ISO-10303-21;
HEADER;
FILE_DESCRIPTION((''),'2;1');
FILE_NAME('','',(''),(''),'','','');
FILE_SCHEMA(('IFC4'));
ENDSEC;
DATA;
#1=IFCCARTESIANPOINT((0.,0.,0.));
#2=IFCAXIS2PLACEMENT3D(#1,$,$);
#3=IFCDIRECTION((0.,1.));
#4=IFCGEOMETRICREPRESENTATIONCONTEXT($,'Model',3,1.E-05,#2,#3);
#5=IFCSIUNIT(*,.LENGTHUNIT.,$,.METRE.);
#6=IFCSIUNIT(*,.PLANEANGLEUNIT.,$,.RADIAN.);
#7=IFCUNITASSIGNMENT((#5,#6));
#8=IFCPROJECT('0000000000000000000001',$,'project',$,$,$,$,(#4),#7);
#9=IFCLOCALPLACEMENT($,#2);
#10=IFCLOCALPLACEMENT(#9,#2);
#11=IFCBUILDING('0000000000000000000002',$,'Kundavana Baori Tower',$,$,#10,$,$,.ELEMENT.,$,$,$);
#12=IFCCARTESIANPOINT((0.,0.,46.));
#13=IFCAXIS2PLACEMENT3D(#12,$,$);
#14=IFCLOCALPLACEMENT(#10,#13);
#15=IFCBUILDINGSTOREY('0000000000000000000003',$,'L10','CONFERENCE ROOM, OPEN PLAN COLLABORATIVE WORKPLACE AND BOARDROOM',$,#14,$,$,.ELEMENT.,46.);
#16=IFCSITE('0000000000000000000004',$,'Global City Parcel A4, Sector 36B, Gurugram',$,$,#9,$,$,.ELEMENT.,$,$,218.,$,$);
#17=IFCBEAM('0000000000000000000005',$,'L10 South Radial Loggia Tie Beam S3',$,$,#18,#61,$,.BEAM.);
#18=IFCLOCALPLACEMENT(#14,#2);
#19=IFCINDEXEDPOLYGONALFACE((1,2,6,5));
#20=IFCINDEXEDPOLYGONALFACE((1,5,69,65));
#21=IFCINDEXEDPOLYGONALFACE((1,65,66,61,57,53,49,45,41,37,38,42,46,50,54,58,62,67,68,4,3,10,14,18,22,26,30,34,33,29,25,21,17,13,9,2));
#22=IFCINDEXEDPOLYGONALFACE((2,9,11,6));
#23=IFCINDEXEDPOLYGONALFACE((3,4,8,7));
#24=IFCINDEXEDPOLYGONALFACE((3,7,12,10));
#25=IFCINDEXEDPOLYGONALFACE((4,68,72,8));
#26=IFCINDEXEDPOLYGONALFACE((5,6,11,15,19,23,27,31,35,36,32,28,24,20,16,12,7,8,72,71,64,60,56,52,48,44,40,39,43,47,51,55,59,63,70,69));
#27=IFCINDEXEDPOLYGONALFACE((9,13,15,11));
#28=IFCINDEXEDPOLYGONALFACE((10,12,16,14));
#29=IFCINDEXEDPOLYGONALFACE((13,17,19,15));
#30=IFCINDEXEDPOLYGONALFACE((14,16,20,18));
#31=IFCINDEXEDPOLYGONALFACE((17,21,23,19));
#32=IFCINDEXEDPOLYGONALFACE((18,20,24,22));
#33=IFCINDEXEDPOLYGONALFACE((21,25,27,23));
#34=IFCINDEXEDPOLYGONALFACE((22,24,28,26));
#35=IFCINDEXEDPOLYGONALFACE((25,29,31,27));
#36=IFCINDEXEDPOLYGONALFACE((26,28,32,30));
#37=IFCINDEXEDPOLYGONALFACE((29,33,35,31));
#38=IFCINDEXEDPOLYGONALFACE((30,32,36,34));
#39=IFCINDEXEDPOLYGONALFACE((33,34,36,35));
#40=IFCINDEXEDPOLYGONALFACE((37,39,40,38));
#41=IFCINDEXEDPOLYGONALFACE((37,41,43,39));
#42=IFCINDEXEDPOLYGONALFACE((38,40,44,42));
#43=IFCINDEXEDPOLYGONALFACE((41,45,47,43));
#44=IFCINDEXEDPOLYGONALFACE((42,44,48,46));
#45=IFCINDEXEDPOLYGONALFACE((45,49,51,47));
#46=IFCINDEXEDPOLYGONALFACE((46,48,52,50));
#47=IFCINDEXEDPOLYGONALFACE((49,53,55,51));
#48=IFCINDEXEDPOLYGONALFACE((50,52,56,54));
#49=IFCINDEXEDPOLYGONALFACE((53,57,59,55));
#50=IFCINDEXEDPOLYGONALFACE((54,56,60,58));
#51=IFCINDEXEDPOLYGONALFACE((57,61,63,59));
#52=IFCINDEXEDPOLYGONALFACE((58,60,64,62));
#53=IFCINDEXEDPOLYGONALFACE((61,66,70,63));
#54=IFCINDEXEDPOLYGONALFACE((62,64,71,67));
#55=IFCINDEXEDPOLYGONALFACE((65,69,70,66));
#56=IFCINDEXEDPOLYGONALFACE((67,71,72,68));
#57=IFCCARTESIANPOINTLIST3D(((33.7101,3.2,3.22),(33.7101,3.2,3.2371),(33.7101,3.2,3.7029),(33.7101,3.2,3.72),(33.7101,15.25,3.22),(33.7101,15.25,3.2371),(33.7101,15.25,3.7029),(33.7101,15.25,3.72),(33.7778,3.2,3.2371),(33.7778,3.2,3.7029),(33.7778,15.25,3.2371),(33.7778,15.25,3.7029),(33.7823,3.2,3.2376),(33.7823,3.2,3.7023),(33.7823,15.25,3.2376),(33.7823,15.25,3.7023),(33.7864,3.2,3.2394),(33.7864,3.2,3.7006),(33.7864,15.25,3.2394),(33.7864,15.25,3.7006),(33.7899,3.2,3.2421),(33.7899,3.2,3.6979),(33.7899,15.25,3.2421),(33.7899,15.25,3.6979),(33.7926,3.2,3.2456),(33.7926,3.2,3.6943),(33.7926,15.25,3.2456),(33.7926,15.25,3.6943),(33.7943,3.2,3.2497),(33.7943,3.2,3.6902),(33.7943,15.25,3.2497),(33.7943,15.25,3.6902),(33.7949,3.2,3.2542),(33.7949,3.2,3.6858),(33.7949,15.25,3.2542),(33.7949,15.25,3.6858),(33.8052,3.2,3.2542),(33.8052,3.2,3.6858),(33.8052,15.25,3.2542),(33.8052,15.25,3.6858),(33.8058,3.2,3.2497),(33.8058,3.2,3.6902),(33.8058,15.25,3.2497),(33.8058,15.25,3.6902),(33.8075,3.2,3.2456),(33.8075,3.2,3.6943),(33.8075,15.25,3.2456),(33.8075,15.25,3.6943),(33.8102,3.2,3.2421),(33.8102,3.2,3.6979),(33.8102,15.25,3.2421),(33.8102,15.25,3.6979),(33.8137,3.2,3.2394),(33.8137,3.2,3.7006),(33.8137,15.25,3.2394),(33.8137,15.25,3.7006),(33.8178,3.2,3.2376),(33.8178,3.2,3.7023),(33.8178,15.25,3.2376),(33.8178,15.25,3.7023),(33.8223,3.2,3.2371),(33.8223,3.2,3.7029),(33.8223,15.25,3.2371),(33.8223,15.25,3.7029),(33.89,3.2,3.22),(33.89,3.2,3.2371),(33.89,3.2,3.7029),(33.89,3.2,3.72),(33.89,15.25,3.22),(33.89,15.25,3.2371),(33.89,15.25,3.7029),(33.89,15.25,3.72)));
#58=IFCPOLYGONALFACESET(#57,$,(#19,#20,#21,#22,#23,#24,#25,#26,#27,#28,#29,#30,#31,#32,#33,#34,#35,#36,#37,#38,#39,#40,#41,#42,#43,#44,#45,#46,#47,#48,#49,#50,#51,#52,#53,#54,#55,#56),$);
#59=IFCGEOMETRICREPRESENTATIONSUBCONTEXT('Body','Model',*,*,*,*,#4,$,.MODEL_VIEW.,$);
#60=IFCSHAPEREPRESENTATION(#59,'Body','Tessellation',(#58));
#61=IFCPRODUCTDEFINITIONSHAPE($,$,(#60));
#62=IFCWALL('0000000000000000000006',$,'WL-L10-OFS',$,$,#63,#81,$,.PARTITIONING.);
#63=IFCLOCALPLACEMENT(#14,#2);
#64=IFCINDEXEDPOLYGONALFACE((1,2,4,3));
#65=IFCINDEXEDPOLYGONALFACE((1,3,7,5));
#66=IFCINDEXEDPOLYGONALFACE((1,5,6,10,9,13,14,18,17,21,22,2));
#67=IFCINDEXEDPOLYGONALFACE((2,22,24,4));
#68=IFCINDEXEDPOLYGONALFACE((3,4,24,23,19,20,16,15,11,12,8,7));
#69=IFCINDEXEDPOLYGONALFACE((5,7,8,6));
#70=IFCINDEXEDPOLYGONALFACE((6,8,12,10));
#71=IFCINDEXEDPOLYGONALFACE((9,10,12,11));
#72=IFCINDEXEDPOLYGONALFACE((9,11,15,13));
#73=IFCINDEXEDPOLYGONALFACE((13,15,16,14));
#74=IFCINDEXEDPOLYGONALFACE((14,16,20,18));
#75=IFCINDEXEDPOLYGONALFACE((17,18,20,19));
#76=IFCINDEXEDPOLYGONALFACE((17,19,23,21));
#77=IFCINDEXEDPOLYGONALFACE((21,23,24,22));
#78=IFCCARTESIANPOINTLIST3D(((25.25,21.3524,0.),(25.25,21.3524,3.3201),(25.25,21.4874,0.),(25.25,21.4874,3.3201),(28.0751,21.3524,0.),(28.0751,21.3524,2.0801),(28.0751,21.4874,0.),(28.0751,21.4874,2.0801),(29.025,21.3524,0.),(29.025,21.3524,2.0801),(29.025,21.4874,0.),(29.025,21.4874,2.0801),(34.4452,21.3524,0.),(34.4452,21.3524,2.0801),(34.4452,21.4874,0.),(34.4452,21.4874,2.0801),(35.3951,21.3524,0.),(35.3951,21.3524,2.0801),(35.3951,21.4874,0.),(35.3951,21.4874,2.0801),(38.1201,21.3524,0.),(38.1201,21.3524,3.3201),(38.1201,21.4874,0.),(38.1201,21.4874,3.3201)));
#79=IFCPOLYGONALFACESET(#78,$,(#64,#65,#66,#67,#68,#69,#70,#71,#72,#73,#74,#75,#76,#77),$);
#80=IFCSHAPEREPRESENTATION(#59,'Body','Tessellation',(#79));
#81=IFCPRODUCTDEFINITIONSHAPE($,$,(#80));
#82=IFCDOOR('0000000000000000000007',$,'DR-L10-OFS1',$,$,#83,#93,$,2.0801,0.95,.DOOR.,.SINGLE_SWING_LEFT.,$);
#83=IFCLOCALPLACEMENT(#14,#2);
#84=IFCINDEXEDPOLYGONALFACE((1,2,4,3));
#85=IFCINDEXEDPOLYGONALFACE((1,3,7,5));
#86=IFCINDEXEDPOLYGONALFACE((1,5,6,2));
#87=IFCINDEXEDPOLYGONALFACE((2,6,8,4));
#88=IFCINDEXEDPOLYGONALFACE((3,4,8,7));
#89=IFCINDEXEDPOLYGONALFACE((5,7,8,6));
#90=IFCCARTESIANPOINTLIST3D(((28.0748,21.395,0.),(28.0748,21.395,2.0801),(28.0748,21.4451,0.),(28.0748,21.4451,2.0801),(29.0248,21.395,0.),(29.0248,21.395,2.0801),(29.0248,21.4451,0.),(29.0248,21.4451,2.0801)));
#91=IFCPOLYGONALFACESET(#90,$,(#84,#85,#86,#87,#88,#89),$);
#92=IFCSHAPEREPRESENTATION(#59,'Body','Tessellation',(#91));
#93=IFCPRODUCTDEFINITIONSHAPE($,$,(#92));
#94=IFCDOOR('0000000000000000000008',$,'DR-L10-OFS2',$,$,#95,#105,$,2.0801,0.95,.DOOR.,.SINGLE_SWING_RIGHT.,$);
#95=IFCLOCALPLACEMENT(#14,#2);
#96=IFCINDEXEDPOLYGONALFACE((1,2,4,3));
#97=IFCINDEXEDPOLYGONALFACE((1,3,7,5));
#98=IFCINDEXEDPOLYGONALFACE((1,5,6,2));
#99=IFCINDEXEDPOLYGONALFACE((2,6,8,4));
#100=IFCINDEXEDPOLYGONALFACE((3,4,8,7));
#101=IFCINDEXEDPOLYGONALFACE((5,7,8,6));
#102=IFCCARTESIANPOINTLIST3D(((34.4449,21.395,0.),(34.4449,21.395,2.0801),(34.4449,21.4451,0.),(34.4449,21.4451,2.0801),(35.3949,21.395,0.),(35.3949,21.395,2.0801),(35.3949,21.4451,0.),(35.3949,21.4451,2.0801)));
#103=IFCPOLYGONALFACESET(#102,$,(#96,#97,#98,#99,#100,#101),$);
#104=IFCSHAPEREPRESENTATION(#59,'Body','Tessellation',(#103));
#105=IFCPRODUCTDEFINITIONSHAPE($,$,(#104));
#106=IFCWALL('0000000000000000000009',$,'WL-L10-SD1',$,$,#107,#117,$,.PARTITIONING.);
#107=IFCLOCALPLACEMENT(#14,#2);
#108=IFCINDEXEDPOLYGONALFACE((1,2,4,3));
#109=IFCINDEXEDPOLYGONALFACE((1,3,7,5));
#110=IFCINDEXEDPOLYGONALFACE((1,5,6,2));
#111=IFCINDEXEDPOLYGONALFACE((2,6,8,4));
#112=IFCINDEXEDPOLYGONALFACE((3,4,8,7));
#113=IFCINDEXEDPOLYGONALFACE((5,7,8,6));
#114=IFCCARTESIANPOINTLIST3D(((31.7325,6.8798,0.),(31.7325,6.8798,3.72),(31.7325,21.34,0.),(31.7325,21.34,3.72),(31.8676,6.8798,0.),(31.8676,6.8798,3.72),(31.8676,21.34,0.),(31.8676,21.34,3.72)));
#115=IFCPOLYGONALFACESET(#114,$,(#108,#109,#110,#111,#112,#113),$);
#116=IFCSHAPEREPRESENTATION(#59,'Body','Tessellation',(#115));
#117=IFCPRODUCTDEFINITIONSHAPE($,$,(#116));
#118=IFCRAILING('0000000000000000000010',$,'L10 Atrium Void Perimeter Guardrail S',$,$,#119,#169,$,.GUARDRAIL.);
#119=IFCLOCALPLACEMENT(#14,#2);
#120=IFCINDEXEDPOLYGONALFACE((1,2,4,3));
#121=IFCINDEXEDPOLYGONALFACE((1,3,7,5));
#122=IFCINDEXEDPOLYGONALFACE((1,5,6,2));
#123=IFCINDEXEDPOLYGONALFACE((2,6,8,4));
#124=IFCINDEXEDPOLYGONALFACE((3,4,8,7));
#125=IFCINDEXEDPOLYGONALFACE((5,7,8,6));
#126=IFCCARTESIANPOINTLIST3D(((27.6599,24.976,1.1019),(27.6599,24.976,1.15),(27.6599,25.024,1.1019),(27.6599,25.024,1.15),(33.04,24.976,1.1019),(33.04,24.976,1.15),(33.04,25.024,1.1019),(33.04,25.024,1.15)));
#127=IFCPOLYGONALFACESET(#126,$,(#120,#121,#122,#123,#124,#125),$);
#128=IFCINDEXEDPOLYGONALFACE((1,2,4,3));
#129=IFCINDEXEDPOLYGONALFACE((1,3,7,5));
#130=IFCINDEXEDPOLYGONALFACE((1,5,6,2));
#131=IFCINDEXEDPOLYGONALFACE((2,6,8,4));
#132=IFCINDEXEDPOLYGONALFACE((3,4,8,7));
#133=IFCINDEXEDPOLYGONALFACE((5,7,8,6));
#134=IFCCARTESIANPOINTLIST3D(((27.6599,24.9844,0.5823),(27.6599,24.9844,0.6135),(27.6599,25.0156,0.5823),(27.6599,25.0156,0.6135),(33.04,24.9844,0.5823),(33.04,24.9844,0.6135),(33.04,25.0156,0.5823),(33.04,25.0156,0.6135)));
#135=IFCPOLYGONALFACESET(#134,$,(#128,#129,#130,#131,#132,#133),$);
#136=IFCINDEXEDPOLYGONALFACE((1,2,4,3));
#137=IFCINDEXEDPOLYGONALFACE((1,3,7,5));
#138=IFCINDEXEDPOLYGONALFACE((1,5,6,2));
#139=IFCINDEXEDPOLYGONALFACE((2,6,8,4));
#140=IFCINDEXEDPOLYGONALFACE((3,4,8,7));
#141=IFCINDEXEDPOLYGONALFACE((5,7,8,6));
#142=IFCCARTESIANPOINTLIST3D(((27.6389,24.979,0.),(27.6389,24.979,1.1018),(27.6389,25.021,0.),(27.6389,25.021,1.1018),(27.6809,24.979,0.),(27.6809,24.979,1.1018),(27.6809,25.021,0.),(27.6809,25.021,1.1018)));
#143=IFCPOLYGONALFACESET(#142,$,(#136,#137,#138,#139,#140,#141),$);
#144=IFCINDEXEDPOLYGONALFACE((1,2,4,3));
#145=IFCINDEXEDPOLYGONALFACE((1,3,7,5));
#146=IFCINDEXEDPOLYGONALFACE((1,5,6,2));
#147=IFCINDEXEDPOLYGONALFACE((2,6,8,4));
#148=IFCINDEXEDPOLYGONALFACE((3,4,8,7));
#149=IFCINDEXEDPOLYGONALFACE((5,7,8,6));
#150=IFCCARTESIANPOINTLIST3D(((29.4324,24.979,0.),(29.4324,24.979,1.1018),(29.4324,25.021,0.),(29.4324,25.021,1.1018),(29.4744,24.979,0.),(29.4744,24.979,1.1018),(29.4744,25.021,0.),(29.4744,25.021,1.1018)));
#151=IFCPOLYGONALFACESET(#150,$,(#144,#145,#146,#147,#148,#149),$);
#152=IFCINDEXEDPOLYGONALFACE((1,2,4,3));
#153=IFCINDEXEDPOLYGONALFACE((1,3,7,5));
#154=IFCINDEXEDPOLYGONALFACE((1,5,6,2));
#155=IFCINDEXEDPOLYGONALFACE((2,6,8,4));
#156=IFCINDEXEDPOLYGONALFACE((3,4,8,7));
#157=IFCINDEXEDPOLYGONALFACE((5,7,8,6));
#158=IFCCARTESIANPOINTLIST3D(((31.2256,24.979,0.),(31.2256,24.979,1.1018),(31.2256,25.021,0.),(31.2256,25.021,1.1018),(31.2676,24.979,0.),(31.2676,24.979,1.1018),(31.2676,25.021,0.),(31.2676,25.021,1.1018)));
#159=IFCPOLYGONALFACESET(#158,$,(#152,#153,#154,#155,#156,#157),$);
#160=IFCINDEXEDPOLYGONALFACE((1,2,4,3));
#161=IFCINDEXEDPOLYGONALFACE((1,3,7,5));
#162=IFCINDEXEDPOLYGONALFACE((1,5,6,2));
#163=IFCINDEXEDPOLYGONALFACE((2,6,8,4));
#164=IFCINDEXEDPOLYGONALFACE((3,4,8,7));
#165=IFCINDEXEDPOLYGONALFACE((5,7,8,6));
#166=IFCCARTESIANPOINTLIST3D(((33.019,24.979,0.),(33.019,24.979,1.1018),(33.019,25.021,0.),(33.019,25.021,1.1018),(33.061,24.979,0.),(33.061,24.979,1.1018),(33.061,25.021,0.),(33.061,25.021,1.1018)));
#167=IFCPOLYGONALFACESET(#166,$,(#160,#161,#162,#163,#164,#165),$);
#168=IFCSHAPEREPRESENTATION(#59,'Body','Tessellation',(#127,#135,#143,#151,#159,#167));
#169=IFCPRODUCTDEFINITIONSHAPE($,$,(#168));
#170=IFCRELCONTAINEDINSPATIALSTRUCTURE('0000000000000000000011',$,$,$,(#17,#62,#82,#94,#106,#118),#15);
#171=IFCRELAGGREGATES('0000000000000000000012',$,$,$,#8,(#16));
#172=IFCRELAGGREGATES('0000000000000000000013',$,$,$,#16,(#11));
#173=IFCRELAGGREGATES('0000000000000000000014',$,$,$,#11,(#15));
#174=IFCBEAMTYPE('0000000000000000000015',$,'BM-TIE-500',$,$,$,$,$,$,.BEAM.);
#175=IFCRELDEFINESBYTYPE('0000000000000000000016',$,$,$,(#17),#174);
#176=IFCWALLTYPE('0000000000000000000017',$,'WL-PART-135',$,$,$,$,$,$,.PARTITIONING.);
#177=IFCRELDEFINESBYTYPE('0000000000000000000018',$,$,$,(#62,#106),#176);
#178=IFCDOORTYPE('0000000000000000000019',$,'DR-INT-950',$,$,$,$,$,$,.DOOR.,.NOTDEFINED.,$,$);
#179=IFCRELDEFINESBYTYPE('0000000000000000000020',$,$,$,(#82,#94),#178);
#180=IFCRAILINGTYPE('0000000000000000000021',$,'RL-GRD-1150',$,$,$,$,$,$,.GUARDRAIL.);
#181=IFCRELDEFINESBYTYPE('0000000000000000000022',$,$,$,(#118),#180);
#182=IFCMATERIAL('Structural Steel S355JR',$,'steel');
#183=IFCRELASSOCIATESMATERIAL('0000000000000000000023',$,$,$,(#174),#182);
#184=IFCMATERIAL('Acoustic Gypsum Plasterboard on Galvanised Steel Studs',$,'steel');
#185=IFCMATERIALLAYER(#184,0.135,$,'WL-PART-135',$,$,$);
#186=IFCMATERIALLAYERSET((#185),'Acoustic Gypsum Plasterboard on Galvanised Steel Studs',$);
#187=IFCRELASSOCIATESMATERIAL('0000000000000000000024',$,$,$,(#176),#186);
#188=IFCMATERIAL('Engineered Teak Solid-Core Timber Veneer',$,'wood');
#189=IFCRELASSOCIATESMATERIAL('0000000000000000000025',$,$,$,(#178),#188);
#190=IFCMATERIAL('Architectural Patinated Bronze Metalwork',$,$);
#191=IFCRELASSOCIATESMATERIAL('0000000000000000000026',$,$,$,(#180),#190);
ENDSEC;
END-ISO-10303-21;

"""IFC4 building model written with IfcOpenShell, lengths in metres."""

from ifc_helpers import new_model, si_unit, direction, frame, frame_2d, origin, origin_2d, place, context, subcontext, project, spatial, rectangle, i_section, extrude, material, layer, layer_set, material_profile, profile_set, type_object, element, fill, save


model = new_model("IFC4")

# Units and contexts
model_context = context("Model", 3, precision=1e-05, world=origin(), true_north=direction((0.0, 1.0)))
body_context = subcontext(model_context, "Body", "Model", "MODEL_VIEW")
ifc_project = project(units=[si_unit("LENGTHUNIT", "METRE"), si_unit("PLANEANGLEUNIT", "RADIAN")], contexts=[model_context])

# Site, building, storey
site_placement = place(None, origin())
site = spatial("IfcSite", under=ifc_project, at=site_placement, Name="Global City Parcel A4, Sector 36B, Gurugram", CompositionType="ELEMENT", RefElevation=218.0)
building_placement = place(site_placement, origin())
building = spatial("IfcBuilding", under=site, at=building_placement, Name="Kundavana Baori Tower", CompositionType="ELEMENT")
storey_placement = place(building_placement, frame((0.0, 0.0, 46.0)))
storey = spatial("IfcBuildingStorey", under=building, at=storey_placement, Name="L10", Description="CONFERENCE ROOM, OPEN PLAN COLLABORATIVE WORKPLACE AND BOARDROOM", CompositionType="ELEMENT", Elevation=46.0)

# Beam
ifc_material_1 = material(Name="Structural Steel S355JR", Category="steel")
ifc_material_profile_1 = material_profile(ifc_material_1, i_section(OverallWidth=0.1799, OverallDepth=0.5, WebThickness=0.0103, FlangeThickness=0.0171, FilletRadius=0.0171, at=origin_2d()), Name="ISMB 500")
ifc_profile_set_1 = profile_set([ifc_material_profile_1], Name="Structural Steel S355JR")
beam_type_1 = type_object("IfcBeamType", Name="BM-TIE-500", PredefinedType="BEAM", material=ifc_profile_set_1)
for number, where, z_axis, x_axis, name in (
    (1, (33.8, 15.25, 3.47), (0.0, -1.0, 0.0), (1.0, 0.0, 0.0), "L10 South Radial Loggia Tie Beam S3"),
):
    element("IfcBeam", number, at=place(storey_placement, frame(where, z_axis=z_axis, x_axis=x_axis)), inside=storey, type_object=beam_type_1, Name=name, PredefinedType="BEAM", context=body_context, shape_type="SweptSolid", body=[
        extrude(i_section(OverallWidth=0.1799, OverallDepth=0.5, WebThickness=0.0103, FlangeThickness=0.0171, FilletRadius=0.0171, at=origin_2d()), origin(), (0.0, 0.0, 1.0), 12.05),
    ])

# Wall, openings, doors
ifc_material_2 = material(Name="Acoustic Gypsum Plasterboard on Galvanised Steel Studs", Category="steel")
ifc_layer = layer(ifc_material_2, 0.135, Name="WL-PART-135")
ifc_layer_set = layer_set([ifc_layer], Name="Acoustic Gypsum Plasterboard on Galvanised Steel Studs")
wall_type = type_object("IfcWallType", Name="WL-PART-135", PredefinedType="PARTITIONING", material=ifc_layer_set)
wall_1_placement = place(storey_placement, frame((25.25, 21.4199, 0.0), z_axis=(0.0, 0.0, 1.0), x_axis=(1.0, 0.0, 0.0)))
wall_1 = element("IfcWall", 2, at=wall_1_placement, inside=storey, type_object=wall_type, Name="WL-L10-OFS", PredefinedType="PARTITIONING", context=body_context, shape_type="SweptSolid", body=[
    extrude(rectangle(XDim=12.8701, YDim=0.135, at=frame_2d((6.4351, 0.0))), origin(), (0.0, 0.0, 1.0), 3.3201),
])
opening_1_placement = place(wall_1_placement, frame((2.825, 0.0, 0.0)))
opening_1 = element("IfcOpeningElement", 3, at=opening_1_placement, cuts=wall_1, PredefinedType="OPENING", context=body_context, shape_type="SweptSolid", body=[
    extrude(rectangle(XDim=0.95, YDim=2.0801, at=frame_2d((0.4751, 1.04))), frame((0.0, 0.0776, 0.0), z_axis=(0.0, -1.0, 0.0), x_axis=(1.0, 0.0, 0.0)), (0.0, 0.0, 1.0), 0.155),
])
opening_2_placement = place(wall_1_placement, frame((9.1951, 0.0, 0.0)))
opening_2 = element("IfcOpeningElement", 4, at=opening_2_placement, cuts=wall_1, PredefinedType="OPENING", context=body_context, shape_type="SweptSolid", body=[
    extrude(rectangle(XDim=0.95, YDim=2.0801, at=frame_2d((0.4751, 1.04))), frame((0.0, 0.0776, 0.0), z_axis=(0.0, -1.0, 0.0), x_axis=(1.0, 0.0, 0.0)), (0.0, 0.0, 1.0), 0.155),
])
ifc_material_3 = material(Name="Engineered Teak Solid-Core Timber Veneer", Category="wood")
door_type = type_object("IfcDoorType", Name="DR-INT-950", OperationType="NOTDEFINED", PredefinedType="DOOR", material=ifc_material_3)
door_1_placement = place(opening_1_placement, frame((0.95, 0.0, 0.0), z_axis=(0.0, 0.0, 1.0), x_axis=(-1.0, 0.0, 0.0)))
door_1 = element("IfcDoor", 5, at=door_1_placement, inside=storey, type_object=door_type, Name="DR-L10-OFS1", OperationType="SINGLE_SWING_LEFT", OverallHeight=2.0801, OverallWidth=0.95, PredefinedType="DOOR", context=body_context, shape_type="SweptSolid", body=[
    extrude(rectangle(XDim=0.95, YDim=2.0801, at=frame_2d((0.4751, 1.04))), frame((0.0, 0.0249, 0.0), z_axis=(0.0, -1.0, 0.0), x_axis=(1.0, 0.0, 0.0)), (0.0, 0.0, 1.0), 0.05),
])
fill(opening_1, door_1)
door_2_placement = place(opening_2_placement, frame((0.95, 0.0, 0.0), z_axis=(0.0, 0.0, 1.0), x_axis=(-1.0, 0.0, 0.0)))
door_2 = element("IfcDoor", 6, at=door_2_placement, inside=storey, type_object=door_type, Name="DR-L10-OFS2", OperationType="SINGLE_SWING_RIGHT", OverallHeight=2.0801, OverallWidth=0.95, PredefinedType="DOOR", context=body_context, shape_type="SweptSolid", body=[
    extrude(rectangle(XDim=0.95, YDim=2.0801, at=frame_2d((0.4751, 1.04))), frame((0.0, 0.0249, 0.0), z_axis=(0.0, -1.0, 0.0), x_axis=(1.0, 0.0, 0.0)), (0.0, 0.0, 1.0), 0.05),
])
fill(opening_2, door_2)

# Wall
wall_2_placement = place(storey_placement, frame((31.8, 6.8799, 0.0), z_axis=(0.0, 0.0, 1.0), x_axis=(0.0, 1.0, 0.0)))
element("IfcWall", 7, at=wall_2_placement, inside=storey, type_object=wall_type, Name="WL-L10-SD1", PredefinedType="PARTITIONING", context=body_context, shape_type="SweptSolid", body=[
    extrude(rectangle(XDim=14.4602, YDim=0.135, at=frame_2d((7.23, 0.0))), origin(), (0.0, 0.0, 1.0), 3.72),
])

# Railing
ifc_material_4 = material(Name="Architectural Patinated Bronze Metalwork")
railing_type = type_object("IfcRailingType", Name="RL-GRD-1150", PredefinedType="GUARDRAIL", material=ifc_material_4)
railing_1_placement = place(storey_placement, frame((27.6599, 25.0, 0.0)))
element("IfcRailing", 8, at=railing_1_placement, inside=storey, type_object=railing_type, Name="L10 Atrium Void Perimeter Guardrail S", PredefinedType="GUARDRAIL", context=body_context, shape_type="SweptSolid", body=[
    extrude(rectangle(XDim=0.0481, YDim=0.0481, at=origin_2d()), frame((0.0, 0.0, 1.126), z_axis=(1.0, 0.0, 0.0), x_axis=(0.0, 1.0, 0.0)), (0.0, 0.0, 1.0), 5.3801),
    extrude(rectangle(XDim=0.0312, YDim=0.0312, at=origin_2d()), frame((0.0, 0.0, 0.5979), z_axis=(1.0, 0.0, 0.0), x_axis=(0.0, 1.0, 0.0)), (0.0, 0.0, 1.0), 5.3801),
    extrude(rectangle(XDim=0.042, YDim=0.042, at=origin_2d()), origin(), (0.0, 0.0, 1.0), 1.1018),
    extrude(rectangle(XDim=0.042, YDim=0.042, at=origin_2d()), frame((1.7935, 0.0, 0.0)), (0.0, 0.0, 1.0), 1.1018),
    extrude(rectangle(XDim=0.042, YDim=0.042, at=origin_2d()), frame((3.5867, 0.0, 0.0)), (0.0, 0.0, 1.0), 1.1018),
    extrude(rectangle(XDim=0.042, YDim=0.042, at=origin_2d()), frame((5.3801, 0.0, 0.0)), (0.0, 0.0, 1.0), 1.1018),
])

save(model, "model.ifc")
